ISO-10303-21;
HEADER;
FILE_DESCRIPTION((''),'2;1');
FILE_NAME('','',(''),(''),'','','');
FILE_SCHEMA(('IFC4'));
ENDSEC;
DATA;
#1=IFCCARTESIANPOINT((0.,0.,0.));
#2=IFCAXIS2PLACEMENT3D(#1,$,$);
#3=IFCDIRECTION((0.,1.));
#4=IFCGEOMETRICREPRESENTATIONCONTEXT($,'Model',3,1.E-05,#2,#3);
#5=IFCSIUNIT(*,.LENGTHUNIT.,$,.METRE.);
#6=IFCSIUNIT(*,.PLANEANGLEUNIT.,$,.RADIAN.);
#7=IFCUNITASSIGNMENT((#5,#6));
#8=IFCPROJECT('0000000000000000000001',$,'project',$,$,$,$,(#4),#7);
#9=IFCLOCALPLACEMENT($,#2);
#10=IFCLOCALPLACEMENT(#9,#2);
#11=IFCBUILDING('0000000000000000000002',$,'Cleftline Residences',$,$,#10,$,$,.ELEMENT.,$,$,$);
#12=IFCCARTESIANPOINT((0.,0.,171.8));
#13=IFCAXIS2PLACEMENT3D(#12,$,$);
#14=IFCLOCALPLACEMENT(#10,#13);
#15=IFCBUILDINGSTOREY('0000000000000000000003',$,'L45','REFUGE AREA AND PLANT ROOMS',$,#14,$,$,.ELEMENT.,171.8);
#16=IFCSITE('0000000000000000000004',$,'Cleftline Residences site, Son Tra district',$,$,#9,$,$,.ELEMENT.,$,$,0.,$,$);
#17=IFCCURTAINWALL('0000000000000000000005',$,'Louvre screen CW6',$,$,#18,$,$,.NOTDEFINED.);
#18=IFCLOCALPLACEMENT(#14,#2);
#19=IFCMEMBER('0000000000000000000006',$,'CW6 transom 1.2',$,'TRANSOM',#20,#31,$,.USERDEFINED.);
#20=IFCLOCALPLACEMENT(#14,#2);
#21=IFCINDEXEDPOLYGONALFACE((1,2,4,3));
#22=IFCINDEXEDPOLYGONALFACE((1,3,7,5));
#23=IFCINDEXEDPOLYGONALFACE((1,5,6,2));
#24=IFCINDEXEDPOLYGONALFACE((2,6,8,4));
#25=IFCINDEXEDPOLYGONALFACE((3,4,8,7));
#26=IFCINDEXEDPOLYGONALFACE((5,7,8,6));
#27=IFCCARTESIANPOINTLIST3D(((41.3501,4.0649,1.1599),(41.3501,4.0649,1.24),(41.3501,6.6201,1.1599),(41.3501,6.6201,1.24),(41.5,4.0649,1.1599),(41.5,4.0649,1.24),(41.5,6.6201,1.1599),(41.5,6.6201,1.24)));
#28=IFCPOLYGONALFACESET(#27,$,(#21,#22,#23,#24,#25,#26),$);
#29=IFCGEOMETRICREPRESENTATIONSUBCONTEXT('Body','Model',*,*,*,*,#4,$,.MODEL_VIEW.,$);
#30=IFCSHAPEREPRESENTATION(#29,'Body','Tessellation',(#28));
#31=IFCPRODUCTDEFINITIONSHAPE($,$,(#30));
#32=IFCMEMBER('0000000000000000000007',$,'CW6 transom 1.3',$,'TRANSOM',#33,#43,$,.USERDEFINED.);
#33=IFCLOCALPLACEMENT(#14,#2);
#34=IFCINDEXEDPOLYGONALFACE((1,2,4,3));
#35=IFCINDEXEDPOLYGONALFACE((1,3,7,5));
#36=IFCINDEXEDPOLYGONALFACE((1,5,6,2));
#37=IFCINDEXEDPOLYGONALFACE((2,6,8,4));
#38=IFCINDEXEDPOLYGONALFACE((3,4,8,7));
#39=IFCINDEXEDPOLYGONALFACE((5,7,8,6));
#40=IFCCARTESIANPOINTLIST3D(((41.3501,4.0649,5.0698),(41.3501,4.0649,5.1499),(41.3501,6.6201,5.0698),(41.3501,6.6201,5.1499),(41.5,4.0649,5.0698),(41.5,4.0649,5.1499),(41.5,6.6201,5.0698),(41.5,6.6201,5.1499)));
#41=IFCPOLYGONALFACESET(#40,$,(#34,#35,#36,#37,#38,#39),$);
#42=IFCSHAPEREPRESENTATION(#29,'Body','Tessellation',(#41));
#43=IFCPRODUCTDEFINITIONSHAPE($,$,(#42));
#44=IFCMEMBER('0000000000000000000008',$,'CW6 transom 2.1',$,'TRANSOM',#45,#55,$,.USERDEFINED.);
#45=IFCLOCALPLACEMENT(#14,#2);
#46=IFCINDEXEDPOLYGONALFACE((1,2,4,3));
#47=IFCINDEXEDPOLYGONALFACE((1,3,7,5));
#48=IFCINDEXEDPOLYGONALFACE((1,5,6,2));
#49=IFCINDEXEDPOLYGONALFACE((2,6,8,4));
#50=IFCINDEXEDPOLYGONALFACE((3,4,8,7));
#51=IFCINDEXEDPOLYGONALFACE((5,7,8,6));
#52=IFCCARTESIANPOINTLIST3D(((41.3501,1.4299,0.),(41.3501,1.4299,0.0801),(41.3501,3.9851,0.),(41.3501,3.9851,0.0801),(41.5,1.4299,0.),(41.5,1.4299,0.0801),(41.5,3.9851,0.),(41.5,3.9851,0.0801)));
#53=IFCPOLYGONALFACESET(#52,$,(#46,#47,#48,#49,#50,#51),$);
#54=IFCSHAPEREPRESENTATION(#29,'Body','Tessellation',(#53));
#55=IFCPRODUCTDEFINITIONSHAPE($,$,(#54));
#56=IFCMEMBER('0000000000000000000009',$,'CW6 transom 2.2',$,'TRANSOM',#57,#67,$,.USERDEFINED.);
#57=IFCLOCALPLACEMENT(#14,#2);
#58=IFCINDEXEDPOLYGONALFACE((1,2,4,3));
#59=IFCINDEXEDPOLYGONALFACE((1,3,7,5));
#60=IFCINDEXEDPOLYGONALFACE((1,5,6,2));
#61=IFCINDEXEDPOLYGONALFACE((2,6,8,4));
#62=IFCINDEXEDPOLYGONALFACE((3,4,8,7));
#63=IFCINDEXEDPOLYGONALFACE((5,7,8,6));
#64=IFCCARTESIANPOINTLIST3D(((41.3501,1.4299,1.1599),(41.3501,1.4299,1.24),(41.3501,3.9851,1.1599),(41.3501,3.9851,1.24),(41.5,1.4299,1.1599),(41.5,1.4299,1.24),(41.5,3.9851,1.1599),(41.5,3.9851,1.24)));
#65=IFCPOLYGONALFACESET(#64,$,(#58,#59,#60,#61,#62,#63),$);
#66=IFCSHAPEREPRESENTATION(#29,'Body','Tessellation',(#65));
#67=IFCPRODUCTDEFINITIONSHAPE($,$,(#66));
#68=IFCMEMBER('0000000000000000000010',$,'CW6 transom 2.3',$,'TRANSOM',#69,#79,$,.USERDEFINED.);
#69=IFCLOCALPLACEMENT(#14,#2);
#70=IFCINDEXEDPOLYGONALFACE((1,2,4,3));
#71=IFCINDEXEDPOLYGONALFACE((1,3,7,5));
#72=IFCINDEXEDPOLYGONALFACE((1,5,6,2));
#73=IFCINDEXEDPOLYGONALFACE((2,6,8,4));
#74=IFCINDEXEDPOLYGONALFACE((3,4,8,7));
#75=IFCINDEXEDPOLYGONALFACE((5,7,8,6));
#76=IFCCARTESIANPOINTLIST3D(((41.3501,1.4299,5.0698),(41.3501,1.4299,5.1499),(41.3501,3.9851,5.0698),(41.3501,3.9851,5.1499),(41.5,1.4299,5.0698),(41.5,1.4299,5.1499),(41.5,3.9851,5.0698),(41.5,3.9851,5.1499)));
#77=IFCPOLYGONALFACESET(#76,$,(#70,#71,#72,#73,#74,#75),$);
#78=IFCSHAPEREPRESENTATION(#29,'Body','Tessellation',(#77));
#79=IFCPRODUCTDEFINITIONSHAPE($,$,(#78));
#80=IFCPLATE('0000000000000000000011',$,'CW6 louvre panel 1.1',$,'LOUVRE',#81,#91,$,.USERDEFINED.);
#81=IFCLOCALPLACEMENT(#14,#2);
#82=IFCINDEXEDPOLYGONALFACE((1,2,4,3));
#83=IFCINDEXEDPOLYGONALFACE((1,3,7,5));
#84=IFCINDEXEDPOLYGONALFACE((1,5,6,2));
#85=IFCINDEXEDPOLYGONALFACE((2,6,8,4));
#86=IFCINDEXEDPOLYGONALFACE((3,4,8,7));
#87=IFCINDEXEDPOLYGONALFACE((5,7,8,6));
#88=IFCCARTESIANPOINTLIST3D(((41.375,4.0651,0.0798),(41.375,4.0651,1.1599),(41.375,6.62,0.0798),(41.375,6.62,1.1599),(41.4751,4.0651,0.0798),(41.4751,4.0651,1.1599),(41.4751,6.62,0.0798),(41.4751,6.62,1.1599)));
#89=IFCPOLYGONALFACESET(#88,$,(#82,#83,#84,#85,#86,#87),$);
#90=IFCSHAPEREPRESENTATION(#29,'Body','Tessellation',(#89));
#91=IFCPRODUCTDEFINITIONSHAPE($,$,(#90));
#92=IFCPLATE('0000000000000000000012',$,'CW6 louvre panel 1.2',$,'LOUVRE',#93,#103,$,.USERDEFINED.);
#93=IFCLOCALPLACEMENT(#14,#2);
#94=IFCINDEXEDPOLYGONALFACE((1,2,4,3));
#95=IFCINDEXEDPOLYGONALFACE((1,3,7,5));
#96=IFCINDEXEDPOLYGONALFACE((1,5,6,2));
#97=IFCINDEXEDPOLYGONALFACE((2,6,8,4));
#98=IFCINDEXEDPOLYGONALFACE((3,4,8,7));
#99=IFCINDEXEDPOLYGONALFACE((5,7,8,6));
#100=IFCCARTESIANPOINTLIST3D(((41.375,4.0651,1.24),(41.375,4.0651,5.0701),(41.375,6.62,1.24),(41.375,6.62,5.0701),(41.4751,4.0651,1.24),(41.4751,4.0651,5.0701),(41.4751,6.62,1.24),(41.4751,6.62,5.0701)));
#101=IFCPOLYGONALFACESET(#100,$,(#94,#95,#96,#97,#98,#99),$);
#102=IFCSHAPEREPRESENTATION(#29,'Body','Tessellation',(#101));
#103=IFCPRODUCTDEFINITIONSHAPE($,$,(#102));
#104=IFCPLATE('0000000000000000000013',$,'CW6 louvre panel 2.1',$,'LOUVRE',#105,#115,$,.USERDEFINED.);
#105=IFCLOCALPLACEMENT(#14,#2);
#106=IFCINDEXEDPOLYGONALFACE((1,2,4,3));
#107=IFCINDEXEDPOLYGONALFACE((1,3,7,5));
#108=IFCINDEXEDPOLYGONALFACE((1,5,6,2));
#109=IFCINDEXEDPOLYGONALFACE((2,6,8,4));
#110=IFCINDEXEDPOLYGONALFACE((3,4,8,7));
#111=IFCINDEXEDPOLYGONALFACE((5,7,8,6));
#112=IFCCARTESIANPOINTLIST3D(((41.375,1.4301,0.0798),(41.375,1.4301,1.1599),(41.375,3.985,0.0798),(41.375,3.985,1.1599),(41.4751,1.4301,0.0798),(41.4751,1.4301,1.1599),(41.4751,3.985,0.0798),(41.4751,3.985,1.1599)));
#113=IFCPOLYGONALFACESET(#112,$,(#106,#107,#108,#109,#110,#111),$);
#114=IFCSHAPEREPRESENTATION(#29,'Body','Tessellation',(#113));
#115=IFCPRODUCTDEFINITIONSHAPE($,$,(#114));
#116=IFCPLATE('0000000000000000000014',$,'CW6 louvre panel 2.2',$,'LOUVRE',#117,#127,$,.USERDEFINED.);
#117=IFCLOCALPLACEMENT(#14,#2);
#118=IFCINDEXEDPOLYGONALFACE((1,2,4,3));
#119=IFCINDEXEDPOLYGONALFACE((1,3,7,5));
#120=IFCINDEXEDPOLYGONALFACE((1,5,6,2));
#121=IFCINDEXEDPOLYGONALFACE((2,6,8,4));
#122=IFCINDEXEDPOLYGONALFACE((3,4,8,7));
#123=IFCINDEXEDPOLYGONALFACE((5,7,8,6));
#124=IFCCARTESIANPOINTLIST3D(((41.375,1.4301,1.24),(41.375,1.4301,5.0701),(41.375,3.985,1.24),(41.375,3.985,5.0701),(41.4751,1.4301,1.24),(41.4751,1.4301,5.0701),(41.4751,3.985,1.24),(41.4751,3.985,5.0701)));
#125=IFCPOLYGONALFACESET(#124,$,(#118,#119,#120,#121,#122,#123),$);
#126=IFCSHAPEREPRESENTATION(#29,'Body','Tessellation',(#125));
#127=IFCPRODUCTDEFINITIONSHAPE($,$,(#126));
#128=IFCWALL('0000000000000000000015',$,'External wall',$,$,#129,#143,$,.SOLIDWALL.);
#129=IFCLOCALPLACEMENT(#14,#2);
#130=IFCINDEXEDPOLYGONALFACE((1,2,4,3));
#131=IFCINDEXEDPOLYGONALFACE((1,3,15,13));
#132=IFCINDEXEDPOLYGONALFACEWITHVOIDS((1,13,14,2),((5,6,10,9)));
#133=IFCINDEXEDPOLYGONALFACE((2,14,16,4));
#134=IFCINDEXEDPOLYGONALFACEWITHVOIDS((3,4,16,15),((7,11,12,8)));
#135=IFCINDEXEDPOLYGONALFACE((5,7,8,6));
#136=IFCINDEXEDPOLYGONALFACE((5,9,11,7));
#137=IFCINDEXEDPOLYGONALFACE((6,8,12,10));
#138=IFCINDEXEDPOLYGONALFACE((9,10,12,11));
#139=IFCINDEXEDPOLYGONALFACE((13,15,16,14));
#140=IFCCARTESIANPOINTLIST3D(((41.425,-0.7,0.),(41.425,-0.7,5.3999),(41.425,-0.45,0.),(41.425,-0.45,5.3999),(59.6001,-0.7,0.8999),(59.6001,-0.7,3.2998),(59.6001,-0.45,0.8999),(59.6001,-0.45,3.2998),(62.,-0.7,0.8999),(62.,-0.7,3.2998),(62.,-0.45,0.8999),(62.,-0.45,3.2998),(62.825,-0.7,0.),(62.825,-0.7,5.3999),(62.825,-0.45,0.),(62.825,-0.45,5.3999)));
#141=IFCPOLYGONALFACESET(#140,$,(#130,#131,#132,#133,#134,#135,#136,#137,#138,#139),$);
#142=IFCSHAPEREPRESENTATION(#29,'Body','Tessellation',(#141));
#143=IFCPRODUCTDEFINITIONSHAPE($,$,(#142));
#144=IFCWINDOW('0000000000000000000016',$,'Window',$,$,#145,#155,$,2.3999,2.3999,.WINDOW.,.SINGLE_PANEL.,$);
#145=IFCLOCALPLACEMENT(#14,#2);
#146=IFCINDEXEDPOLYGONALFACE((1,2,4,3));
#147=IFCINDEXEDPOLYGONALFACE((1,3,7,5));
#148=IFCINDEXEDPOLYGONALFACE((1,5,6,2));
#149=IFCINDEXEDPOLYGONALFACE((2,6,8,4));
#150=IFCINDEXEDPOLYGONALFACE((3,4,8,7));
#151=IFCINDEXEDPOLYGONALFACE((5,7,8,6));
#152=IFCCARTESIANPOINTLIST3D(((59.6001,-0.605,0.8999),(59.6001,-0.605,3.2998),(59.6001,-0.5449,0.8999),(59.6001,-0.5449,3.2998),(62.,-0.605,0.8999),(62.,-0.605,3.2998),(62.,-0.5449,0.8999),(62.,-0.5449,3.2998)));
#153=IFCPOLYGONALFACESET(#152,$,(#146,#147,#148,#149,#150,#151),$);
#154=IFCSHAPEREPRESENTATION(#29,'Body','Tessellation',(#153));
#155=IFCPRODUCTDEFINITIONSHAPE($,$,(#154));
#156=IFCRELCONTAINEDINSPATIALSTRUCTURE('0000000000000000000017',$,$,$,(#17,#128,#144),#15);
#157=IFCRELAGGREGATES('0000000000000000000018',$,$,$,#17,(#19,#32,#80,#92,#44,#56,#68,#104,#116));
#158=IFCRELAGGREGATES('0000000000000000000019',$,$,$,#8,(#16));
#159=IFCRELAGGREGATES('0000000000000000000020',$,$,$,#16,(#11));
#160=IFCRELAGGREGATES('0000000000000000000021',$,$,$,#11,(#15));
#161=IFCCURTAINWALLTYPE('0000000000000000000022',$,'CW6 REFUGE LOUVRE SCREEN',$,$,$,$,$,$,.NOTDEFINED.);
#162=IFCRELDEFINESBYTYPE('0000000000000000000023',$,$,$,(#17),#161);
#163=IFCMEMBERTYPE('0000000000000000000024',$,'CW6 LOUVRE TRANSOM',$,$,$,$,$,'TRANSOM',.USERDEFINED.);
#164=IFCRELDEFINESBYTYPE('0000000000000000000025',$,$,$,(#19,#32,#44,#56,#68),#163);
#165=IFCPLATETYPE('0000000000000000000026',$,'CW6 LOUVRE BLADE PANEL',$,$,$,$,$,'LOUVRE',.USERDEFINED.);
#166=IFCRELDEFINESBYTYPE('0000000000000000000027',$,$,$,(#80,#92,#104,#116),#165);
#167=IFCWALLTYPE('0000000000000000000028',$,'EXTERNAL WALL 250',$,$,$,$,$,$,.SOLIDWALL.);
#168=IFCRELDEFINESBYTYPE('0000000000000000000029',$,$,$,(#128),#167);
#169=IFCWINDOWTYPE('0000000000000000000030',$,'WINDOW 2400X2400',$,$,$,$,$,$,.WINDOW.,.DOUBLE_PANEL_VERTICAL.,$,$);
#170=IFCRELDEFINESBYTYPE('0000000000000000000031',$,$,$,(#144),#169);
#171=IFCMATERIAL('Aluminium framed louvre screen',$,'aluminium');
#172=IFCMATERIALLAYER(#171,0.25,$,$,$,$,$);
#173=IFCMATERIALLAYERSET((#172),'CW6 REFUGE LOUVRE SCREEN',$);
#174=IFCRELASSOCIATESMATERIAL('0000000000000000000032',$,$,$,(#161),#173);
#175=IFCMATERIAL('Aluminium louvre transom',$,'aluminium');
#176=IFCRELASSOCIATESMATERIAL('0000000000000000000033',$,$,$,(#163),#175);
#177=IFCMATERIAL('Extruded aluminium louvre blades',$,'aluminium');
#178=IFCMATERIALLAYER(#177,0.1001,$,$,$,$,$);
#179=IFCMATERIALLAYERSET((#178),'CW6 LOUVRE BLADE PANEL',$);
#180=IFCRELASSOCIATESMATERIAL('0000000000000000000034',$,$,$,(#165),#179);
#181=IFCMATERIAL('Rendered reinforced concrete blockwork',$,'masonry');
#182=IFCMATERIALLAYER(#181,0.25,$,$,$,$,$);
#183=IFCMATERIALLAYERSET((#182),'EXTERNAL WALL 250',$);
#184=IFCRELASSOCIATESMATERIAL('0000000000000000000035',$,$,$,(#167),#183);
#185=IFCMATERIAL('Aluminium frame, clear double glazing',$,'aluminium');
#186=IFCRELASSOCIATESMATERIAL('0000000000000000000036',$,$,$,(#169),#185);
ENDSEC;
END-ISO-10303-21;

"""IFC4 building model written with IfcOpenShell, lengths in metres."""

from ifc_helpers import new_model, si_unit, direction, frame, frame_2d, origin, origin_2d, place, context, subcontext, project, spatial, rectangle, extrude, material, layer, layer_set, material_profile, profile_set, type_object, element, fill, aggregate, save


model = new_model("IFC4")

# Units and contexts
model_context = context("Model", 3, precision=1e-05, world=origin(), true_north=direction((0.0, 1.0)))
body_context = subcontext(model_context, "Body", "Model", "MODEL_VIEW")
ifc_project = project(units=[si_unit("LENGTHUNIT", "METRE"), si_unit("PLANEANGLEUNIT", "RADIAN")], contexts=[model_context])

# Site, building, storey
site_placement = place(None, origin())
site = spatial("IfcSite", under=ifc_project, at=site_placement, Name="Cleftline Residences site, Son Tra district", CompositionType="ELEMENT", RefElevation=0.0)
building_placement = place(site_placement, origin())
building = spatial("IfcBuilding", under=site, at=building_placement, Name="Cleftline Residences", CompositionType="ELEMENT")
storey_placement = place(building_placement, frame((0.0, 0.0, 171.8)))
storey = spatial("IfcBuildingStorey", under=building, at=storey_placement, Name="L45", Description="REFUGE AREA AND PLANT ROOMS", CompositionType="ELEMENT", Elevation=171.8)

# Curtain wall, members, plates
ifc_material_1 = material(Name="Aluminium framed louvre screen", Category="aluminium")
ifc_layer_1 = layer(ifc_material_1, 0.25)
ifc_layer_set_1 = layer_set([ifc_layer_1], Name="CW6 REFUGE LOUVRE SCREEN")
curtain_wall_type = type_object("IfcCurtainWallType", Name="CW6 REFUGE LOUVRE SCREEN", PredefinedType="NOTDEFINED", material=ifc_layer_set_1)
curtain_wall_placement = place(storey_placement, origin())
curtain_wall = element("IfcCurtainWall", 1, at=curtain_wall_placement, inside=storey, type_object=curtain_wall_type, Name="Louvre screen CW6", PredefinedType="NOTDEFINED")
ifc_material_2 = material(Name="Aluminium louvre transom", Category="aluminium")
ifc_material_profile_1 = material_profile(ifc_material_2, rectangle(XDim=0.1499, YDim=0.0801, at=origin_2d()))
ifc_profile_set_1 = profile_set([ifc_material_profile_1], Name="Aluminium louvre transom")
member_type_1 = type_object("IfcMemberType", Name="CW6 LOUVRE TRANSOM", ElementType="TRANSOM", PredefinedType="USERDEFINED", material=ifc_profile_set_1)
member_1_placement = place(storey_placement, frame((41.425, 6.6201, 1.2), z_axis=(0.0, -1.0, 0.0), x_axis=(1.0, 0.0, 0.0)))
member_1 = element("IfcMember", 2, at=member_1_placement, type_object=member_type_1, Name="CW6 transom 1.2", ObjectType="TRANSOM", PredefinedType="USERDEFINED", context=body_context, shape_type="SweptSolid", body=[
    extrude(rectangle(XDim=0.1499, YDim=0.0801, at=origin_2d()), origin(), (0.0, 0.0, 1.0), 2.5552),
])
member_2_placement = place(storey_placement, frame((41.425, 6.6201, 5.1099), z_axis=(0.0, -1.0, 0.0), x_axis=(1.0, 0.0, 0.0)))
member_2 = element("IfcMember", 3, at=member_2_placement, type_object=member_type_1, Name="CW6 transom 1.3", ObjectType="TRANSOM", PredefinedType="USERDEFINED", context=body_context, shape_type="SweptSolid", body=[
    extrude(rectangle(XDim=0.1499, YDim=0.0801, at=origin_2d()), origin(), (0.0, 0.0, 1.0), 2.5552),
])
member_3_placement = place(storey_placement, frame((41.425, 3.9851, 0.04), z_axis=(0.0, -1.0, 0.0), x_axis=(1.0, 0.0, 0.0)))
member_3 = element("IfcMember", 4, at=member_3_placement, type_object=member_type_1, Name="CW6 transom 2.1", ObjectType="TRANSOM", PredefinedType="USERDEFINED", context=body_context, shape_type="SweptSolid", body=[
    extrude(rectangle(XDim=0.1499, YDim=0.0801, at=origin_2d()), origin(), (0.0, 0.0, 1.0), 2.5552),
])
member_4_placement = place(storey_placement, frame((41.425, 3.9851, 1.2), z_axis=(0.0, -1.0, 0.0), x_axis=(1.0, 0.0, 0.0)))
member_4 = element("IfcMember", 5, at=member_4_placement, type_object=member_type_1, Name="CW6 transom 2.2", ObjectType="TRANSOM", PredefinedType="USERDEFINED", context=body_context, shape_type="SweptSolid", body=[
    extrude(rectangle(XDim=0.1499, YDim=0.0801, at=origin_2d()), origin(), (0.0, 0.0, 1.0), 2.5552),
])
member_5_placement = place(storey_placement, frame((41.425, 3.9851, 5.1099), z_axis=(0.0, -1.0, 0.0), x_axis=(1.0, 0.0, 0.0)))
member_5 = element("IfcMember", 6, at=member_5_placement, type_object=member_type_1, Name="CW6 transom 2.3", ObjectType="TRANSOM", PredefinedType="USERDEFINED", context=body_context, shape_type="SweptSolid", body=[
    extrude(rectangle(XDim=0.1499, YDim=0.0801, at=origin_2d()), origin(), (0.0, 0.0, 1.0), 2.5552),
])
ifc_material_3 = material(Name="Extruded aluminium louvre blades", Category="aluminium")
ifc_layer_2 = layer(ifc_material_3, 0.1001)
ifc_layer_set_2 = layer_set([ifc_layer_2], Name="CW6 LOUVRE BLADE PANEL")
plate_type = type_object("IfcPlateType", Name="CW6 LOUVRE BLADE PANEL", ElementType="LOUVRE", PredefinedType="USERDEFINED", material=ifc_layer_set_2)
plate_1_placement = place(storey_placement, frame((41.425, 5.3425, 0.0798), z_axis=(0.0, 0.0, 1.0), x_axis=(0.0, -1.0, 0.0)))
plate_1 = element("IfcPlate", 7, at=plate_1_placement, type_object=plate_type, Name="CW6 louvre panel 1.1", ObjectType="LOUVRE", PredefinedType="USERDEFINED", context=body_context, shape_type="SweptSolid", body=[
    extrude(rectangle(XDim=2.5549, YDim=0.1001, at=origin_2d()), origin(), (0.0, 0.0, 1.0), 1.0801),
])
plate_2_placement = place(storey_placement, frame((41.425, 5.3425, 1.24), z_axis=(0.0, 0.0, 1.0), x_axis=(0.0, -1.0, 0.0)))
plate_2 = element("IfcPlate", 8, at=plate_2_placement, type_object=plate_type, Name="CW6 louvre panel 1.2", ObjectType="LOUVRE", PredefinedType="USERDEFINED", context=body_context, shape_type="SweptSolid", body=[
    extrude(rectangle(XDim=2.5549, YDim=0.1001, at=origin_2d()), origin(), (0.0, 0.0, 1.0), 3.8301),
])
plate_3_placement = place(storey_placement, frame((41.425, 2.7075, 0.0798), z_axis=(0.0, 0.0, 1.0), x_axis=(0.0, -1.0, 0.0)))
plate_3 = element("IfcPlate", 9, at=plate_3_placement, type_object=plate_type, Name="CW6 louvre panel 2.1", ObjectType="LOUVRE", PredefinedType="USERDEFINED", context=body_context, shape_type="SweptSolid", body=[
    extrude(rectangle(XDim=2.5549, YDim=0.1001, at=origin_2d()), origin(), (0.0, 0.0, 1.0), 1.0801),
])
plate_4_placement = place(storey_placement, frame((41.425, 2.7075, 1.24), z_axis=(0.0, 0.0, 1.0), x_axis=(0.0, -1.0, 0.0)))
plate_4 = element("IfcPlate", 10, at=plate_4_placement, type_object=plate_type, Name="CW6 louvre panel 2.2", ObjectType="LOUVRE", PredefinedType="USERDEFINED", context=body_context, shape_type="SweptSolid", body=[
    extrude(rectangle(XDim=2.5549, YDim=0.1001, at=origin_2d()), origin(), (0.0, 0.0, 1.0), 3.8301),
])
aggregate(curtain_wall, [member_1, member_2, plate_1, plate_2, member_3, member_4, member_5, plate_3, plate_4])

# Wall, opening, window
ifc_material_4 = material(Name="Rendered reinforced concrete blockwork", Category="masonry")
ifc_layer_3 = layer(ifc_material_4, 0.25)
ifc_layer_set_3 = layer_set([ifc_layer_3], Name="EXTERNAL WALL 250")
wall_type = type_object("IfcWallType", Name="EXTERNAL WALL 250", PredefinedType="SOLIDWALL", material=ifc_layer_set_3)
wall_placement = place(storey_placement, frame((41.425, -0.575, 0.0), z_axis=(0.0, 0.0, 1.0), x_axis=(1.0, 0.0, 0.0)))
wall = element("IfcWall", 11, at=wall_placement, inside=storey, type_object=wall_type, Name="External wall", PredefinedType="SOLIDWALL", context=body_context, shape_type="SweptSolid", body=[
    extrude(rectangle(XDim=21.3999, YDim=0.25, at=frame_2d((10.7, 0.0))), origin(), (0.0, 0.0, 1.0), 5.3999),
])
opening_placement = place(wall_placement, frame((18.175, 0.0, 0.8999)))
opening = element("IfcOpeningElement", 12, at=opening_placement, cuts=wall, PredefinedType="OPENING", context=body_context, shape_type="SweptSolid", body=[
    extrude(rectangle(XDim=2.3999, YDim=2.3999, at=frame_2d((1.2, 1.2))), frame((0.0, 0.135, 0.0), z_axis=(0.0, -1.0, 0.0), x_axis=(1.0, 0.0, 0.0)), (0.0, 0.0, 1.0), 0.27),
])
ifc_material_5 = material(Name="Aluminium frame, clear double glazing", Category="aluminium")
window_type = type_object("IfcWindowType", Name="WINDOW 2400X2400", PartitioningType="DOUBLE_PANEL_VERTICAL", PredefinedType="WINDOW", material=ifc_material_5)
window_placement = place(opening_placement, origin())
window = element("IfcWindow", 13, at=window_placement, inside=storey, type_object=window_type, Name="Window", OverallHeight=2.3999, OverallWidth=2.3999, PartitioningType="SINGLE_PANEL", PredefinedType="WINDOW", context=body_context, shape_type="SweptSolid", body=[
    extrude(rectangle(XDim=2.3999, YDim=2.3999, at=frame_2d((1.2, 1.2))), frame((0.0, 0.03, 0.0), z_axis=(0.0, -1.0, 0.0), x_axis=(1.0, 0.0, 0.0)), (0.0, 0.0, 1.0), 0.0601),
])
fill(opening, window)

save(model, "model.ifc")
